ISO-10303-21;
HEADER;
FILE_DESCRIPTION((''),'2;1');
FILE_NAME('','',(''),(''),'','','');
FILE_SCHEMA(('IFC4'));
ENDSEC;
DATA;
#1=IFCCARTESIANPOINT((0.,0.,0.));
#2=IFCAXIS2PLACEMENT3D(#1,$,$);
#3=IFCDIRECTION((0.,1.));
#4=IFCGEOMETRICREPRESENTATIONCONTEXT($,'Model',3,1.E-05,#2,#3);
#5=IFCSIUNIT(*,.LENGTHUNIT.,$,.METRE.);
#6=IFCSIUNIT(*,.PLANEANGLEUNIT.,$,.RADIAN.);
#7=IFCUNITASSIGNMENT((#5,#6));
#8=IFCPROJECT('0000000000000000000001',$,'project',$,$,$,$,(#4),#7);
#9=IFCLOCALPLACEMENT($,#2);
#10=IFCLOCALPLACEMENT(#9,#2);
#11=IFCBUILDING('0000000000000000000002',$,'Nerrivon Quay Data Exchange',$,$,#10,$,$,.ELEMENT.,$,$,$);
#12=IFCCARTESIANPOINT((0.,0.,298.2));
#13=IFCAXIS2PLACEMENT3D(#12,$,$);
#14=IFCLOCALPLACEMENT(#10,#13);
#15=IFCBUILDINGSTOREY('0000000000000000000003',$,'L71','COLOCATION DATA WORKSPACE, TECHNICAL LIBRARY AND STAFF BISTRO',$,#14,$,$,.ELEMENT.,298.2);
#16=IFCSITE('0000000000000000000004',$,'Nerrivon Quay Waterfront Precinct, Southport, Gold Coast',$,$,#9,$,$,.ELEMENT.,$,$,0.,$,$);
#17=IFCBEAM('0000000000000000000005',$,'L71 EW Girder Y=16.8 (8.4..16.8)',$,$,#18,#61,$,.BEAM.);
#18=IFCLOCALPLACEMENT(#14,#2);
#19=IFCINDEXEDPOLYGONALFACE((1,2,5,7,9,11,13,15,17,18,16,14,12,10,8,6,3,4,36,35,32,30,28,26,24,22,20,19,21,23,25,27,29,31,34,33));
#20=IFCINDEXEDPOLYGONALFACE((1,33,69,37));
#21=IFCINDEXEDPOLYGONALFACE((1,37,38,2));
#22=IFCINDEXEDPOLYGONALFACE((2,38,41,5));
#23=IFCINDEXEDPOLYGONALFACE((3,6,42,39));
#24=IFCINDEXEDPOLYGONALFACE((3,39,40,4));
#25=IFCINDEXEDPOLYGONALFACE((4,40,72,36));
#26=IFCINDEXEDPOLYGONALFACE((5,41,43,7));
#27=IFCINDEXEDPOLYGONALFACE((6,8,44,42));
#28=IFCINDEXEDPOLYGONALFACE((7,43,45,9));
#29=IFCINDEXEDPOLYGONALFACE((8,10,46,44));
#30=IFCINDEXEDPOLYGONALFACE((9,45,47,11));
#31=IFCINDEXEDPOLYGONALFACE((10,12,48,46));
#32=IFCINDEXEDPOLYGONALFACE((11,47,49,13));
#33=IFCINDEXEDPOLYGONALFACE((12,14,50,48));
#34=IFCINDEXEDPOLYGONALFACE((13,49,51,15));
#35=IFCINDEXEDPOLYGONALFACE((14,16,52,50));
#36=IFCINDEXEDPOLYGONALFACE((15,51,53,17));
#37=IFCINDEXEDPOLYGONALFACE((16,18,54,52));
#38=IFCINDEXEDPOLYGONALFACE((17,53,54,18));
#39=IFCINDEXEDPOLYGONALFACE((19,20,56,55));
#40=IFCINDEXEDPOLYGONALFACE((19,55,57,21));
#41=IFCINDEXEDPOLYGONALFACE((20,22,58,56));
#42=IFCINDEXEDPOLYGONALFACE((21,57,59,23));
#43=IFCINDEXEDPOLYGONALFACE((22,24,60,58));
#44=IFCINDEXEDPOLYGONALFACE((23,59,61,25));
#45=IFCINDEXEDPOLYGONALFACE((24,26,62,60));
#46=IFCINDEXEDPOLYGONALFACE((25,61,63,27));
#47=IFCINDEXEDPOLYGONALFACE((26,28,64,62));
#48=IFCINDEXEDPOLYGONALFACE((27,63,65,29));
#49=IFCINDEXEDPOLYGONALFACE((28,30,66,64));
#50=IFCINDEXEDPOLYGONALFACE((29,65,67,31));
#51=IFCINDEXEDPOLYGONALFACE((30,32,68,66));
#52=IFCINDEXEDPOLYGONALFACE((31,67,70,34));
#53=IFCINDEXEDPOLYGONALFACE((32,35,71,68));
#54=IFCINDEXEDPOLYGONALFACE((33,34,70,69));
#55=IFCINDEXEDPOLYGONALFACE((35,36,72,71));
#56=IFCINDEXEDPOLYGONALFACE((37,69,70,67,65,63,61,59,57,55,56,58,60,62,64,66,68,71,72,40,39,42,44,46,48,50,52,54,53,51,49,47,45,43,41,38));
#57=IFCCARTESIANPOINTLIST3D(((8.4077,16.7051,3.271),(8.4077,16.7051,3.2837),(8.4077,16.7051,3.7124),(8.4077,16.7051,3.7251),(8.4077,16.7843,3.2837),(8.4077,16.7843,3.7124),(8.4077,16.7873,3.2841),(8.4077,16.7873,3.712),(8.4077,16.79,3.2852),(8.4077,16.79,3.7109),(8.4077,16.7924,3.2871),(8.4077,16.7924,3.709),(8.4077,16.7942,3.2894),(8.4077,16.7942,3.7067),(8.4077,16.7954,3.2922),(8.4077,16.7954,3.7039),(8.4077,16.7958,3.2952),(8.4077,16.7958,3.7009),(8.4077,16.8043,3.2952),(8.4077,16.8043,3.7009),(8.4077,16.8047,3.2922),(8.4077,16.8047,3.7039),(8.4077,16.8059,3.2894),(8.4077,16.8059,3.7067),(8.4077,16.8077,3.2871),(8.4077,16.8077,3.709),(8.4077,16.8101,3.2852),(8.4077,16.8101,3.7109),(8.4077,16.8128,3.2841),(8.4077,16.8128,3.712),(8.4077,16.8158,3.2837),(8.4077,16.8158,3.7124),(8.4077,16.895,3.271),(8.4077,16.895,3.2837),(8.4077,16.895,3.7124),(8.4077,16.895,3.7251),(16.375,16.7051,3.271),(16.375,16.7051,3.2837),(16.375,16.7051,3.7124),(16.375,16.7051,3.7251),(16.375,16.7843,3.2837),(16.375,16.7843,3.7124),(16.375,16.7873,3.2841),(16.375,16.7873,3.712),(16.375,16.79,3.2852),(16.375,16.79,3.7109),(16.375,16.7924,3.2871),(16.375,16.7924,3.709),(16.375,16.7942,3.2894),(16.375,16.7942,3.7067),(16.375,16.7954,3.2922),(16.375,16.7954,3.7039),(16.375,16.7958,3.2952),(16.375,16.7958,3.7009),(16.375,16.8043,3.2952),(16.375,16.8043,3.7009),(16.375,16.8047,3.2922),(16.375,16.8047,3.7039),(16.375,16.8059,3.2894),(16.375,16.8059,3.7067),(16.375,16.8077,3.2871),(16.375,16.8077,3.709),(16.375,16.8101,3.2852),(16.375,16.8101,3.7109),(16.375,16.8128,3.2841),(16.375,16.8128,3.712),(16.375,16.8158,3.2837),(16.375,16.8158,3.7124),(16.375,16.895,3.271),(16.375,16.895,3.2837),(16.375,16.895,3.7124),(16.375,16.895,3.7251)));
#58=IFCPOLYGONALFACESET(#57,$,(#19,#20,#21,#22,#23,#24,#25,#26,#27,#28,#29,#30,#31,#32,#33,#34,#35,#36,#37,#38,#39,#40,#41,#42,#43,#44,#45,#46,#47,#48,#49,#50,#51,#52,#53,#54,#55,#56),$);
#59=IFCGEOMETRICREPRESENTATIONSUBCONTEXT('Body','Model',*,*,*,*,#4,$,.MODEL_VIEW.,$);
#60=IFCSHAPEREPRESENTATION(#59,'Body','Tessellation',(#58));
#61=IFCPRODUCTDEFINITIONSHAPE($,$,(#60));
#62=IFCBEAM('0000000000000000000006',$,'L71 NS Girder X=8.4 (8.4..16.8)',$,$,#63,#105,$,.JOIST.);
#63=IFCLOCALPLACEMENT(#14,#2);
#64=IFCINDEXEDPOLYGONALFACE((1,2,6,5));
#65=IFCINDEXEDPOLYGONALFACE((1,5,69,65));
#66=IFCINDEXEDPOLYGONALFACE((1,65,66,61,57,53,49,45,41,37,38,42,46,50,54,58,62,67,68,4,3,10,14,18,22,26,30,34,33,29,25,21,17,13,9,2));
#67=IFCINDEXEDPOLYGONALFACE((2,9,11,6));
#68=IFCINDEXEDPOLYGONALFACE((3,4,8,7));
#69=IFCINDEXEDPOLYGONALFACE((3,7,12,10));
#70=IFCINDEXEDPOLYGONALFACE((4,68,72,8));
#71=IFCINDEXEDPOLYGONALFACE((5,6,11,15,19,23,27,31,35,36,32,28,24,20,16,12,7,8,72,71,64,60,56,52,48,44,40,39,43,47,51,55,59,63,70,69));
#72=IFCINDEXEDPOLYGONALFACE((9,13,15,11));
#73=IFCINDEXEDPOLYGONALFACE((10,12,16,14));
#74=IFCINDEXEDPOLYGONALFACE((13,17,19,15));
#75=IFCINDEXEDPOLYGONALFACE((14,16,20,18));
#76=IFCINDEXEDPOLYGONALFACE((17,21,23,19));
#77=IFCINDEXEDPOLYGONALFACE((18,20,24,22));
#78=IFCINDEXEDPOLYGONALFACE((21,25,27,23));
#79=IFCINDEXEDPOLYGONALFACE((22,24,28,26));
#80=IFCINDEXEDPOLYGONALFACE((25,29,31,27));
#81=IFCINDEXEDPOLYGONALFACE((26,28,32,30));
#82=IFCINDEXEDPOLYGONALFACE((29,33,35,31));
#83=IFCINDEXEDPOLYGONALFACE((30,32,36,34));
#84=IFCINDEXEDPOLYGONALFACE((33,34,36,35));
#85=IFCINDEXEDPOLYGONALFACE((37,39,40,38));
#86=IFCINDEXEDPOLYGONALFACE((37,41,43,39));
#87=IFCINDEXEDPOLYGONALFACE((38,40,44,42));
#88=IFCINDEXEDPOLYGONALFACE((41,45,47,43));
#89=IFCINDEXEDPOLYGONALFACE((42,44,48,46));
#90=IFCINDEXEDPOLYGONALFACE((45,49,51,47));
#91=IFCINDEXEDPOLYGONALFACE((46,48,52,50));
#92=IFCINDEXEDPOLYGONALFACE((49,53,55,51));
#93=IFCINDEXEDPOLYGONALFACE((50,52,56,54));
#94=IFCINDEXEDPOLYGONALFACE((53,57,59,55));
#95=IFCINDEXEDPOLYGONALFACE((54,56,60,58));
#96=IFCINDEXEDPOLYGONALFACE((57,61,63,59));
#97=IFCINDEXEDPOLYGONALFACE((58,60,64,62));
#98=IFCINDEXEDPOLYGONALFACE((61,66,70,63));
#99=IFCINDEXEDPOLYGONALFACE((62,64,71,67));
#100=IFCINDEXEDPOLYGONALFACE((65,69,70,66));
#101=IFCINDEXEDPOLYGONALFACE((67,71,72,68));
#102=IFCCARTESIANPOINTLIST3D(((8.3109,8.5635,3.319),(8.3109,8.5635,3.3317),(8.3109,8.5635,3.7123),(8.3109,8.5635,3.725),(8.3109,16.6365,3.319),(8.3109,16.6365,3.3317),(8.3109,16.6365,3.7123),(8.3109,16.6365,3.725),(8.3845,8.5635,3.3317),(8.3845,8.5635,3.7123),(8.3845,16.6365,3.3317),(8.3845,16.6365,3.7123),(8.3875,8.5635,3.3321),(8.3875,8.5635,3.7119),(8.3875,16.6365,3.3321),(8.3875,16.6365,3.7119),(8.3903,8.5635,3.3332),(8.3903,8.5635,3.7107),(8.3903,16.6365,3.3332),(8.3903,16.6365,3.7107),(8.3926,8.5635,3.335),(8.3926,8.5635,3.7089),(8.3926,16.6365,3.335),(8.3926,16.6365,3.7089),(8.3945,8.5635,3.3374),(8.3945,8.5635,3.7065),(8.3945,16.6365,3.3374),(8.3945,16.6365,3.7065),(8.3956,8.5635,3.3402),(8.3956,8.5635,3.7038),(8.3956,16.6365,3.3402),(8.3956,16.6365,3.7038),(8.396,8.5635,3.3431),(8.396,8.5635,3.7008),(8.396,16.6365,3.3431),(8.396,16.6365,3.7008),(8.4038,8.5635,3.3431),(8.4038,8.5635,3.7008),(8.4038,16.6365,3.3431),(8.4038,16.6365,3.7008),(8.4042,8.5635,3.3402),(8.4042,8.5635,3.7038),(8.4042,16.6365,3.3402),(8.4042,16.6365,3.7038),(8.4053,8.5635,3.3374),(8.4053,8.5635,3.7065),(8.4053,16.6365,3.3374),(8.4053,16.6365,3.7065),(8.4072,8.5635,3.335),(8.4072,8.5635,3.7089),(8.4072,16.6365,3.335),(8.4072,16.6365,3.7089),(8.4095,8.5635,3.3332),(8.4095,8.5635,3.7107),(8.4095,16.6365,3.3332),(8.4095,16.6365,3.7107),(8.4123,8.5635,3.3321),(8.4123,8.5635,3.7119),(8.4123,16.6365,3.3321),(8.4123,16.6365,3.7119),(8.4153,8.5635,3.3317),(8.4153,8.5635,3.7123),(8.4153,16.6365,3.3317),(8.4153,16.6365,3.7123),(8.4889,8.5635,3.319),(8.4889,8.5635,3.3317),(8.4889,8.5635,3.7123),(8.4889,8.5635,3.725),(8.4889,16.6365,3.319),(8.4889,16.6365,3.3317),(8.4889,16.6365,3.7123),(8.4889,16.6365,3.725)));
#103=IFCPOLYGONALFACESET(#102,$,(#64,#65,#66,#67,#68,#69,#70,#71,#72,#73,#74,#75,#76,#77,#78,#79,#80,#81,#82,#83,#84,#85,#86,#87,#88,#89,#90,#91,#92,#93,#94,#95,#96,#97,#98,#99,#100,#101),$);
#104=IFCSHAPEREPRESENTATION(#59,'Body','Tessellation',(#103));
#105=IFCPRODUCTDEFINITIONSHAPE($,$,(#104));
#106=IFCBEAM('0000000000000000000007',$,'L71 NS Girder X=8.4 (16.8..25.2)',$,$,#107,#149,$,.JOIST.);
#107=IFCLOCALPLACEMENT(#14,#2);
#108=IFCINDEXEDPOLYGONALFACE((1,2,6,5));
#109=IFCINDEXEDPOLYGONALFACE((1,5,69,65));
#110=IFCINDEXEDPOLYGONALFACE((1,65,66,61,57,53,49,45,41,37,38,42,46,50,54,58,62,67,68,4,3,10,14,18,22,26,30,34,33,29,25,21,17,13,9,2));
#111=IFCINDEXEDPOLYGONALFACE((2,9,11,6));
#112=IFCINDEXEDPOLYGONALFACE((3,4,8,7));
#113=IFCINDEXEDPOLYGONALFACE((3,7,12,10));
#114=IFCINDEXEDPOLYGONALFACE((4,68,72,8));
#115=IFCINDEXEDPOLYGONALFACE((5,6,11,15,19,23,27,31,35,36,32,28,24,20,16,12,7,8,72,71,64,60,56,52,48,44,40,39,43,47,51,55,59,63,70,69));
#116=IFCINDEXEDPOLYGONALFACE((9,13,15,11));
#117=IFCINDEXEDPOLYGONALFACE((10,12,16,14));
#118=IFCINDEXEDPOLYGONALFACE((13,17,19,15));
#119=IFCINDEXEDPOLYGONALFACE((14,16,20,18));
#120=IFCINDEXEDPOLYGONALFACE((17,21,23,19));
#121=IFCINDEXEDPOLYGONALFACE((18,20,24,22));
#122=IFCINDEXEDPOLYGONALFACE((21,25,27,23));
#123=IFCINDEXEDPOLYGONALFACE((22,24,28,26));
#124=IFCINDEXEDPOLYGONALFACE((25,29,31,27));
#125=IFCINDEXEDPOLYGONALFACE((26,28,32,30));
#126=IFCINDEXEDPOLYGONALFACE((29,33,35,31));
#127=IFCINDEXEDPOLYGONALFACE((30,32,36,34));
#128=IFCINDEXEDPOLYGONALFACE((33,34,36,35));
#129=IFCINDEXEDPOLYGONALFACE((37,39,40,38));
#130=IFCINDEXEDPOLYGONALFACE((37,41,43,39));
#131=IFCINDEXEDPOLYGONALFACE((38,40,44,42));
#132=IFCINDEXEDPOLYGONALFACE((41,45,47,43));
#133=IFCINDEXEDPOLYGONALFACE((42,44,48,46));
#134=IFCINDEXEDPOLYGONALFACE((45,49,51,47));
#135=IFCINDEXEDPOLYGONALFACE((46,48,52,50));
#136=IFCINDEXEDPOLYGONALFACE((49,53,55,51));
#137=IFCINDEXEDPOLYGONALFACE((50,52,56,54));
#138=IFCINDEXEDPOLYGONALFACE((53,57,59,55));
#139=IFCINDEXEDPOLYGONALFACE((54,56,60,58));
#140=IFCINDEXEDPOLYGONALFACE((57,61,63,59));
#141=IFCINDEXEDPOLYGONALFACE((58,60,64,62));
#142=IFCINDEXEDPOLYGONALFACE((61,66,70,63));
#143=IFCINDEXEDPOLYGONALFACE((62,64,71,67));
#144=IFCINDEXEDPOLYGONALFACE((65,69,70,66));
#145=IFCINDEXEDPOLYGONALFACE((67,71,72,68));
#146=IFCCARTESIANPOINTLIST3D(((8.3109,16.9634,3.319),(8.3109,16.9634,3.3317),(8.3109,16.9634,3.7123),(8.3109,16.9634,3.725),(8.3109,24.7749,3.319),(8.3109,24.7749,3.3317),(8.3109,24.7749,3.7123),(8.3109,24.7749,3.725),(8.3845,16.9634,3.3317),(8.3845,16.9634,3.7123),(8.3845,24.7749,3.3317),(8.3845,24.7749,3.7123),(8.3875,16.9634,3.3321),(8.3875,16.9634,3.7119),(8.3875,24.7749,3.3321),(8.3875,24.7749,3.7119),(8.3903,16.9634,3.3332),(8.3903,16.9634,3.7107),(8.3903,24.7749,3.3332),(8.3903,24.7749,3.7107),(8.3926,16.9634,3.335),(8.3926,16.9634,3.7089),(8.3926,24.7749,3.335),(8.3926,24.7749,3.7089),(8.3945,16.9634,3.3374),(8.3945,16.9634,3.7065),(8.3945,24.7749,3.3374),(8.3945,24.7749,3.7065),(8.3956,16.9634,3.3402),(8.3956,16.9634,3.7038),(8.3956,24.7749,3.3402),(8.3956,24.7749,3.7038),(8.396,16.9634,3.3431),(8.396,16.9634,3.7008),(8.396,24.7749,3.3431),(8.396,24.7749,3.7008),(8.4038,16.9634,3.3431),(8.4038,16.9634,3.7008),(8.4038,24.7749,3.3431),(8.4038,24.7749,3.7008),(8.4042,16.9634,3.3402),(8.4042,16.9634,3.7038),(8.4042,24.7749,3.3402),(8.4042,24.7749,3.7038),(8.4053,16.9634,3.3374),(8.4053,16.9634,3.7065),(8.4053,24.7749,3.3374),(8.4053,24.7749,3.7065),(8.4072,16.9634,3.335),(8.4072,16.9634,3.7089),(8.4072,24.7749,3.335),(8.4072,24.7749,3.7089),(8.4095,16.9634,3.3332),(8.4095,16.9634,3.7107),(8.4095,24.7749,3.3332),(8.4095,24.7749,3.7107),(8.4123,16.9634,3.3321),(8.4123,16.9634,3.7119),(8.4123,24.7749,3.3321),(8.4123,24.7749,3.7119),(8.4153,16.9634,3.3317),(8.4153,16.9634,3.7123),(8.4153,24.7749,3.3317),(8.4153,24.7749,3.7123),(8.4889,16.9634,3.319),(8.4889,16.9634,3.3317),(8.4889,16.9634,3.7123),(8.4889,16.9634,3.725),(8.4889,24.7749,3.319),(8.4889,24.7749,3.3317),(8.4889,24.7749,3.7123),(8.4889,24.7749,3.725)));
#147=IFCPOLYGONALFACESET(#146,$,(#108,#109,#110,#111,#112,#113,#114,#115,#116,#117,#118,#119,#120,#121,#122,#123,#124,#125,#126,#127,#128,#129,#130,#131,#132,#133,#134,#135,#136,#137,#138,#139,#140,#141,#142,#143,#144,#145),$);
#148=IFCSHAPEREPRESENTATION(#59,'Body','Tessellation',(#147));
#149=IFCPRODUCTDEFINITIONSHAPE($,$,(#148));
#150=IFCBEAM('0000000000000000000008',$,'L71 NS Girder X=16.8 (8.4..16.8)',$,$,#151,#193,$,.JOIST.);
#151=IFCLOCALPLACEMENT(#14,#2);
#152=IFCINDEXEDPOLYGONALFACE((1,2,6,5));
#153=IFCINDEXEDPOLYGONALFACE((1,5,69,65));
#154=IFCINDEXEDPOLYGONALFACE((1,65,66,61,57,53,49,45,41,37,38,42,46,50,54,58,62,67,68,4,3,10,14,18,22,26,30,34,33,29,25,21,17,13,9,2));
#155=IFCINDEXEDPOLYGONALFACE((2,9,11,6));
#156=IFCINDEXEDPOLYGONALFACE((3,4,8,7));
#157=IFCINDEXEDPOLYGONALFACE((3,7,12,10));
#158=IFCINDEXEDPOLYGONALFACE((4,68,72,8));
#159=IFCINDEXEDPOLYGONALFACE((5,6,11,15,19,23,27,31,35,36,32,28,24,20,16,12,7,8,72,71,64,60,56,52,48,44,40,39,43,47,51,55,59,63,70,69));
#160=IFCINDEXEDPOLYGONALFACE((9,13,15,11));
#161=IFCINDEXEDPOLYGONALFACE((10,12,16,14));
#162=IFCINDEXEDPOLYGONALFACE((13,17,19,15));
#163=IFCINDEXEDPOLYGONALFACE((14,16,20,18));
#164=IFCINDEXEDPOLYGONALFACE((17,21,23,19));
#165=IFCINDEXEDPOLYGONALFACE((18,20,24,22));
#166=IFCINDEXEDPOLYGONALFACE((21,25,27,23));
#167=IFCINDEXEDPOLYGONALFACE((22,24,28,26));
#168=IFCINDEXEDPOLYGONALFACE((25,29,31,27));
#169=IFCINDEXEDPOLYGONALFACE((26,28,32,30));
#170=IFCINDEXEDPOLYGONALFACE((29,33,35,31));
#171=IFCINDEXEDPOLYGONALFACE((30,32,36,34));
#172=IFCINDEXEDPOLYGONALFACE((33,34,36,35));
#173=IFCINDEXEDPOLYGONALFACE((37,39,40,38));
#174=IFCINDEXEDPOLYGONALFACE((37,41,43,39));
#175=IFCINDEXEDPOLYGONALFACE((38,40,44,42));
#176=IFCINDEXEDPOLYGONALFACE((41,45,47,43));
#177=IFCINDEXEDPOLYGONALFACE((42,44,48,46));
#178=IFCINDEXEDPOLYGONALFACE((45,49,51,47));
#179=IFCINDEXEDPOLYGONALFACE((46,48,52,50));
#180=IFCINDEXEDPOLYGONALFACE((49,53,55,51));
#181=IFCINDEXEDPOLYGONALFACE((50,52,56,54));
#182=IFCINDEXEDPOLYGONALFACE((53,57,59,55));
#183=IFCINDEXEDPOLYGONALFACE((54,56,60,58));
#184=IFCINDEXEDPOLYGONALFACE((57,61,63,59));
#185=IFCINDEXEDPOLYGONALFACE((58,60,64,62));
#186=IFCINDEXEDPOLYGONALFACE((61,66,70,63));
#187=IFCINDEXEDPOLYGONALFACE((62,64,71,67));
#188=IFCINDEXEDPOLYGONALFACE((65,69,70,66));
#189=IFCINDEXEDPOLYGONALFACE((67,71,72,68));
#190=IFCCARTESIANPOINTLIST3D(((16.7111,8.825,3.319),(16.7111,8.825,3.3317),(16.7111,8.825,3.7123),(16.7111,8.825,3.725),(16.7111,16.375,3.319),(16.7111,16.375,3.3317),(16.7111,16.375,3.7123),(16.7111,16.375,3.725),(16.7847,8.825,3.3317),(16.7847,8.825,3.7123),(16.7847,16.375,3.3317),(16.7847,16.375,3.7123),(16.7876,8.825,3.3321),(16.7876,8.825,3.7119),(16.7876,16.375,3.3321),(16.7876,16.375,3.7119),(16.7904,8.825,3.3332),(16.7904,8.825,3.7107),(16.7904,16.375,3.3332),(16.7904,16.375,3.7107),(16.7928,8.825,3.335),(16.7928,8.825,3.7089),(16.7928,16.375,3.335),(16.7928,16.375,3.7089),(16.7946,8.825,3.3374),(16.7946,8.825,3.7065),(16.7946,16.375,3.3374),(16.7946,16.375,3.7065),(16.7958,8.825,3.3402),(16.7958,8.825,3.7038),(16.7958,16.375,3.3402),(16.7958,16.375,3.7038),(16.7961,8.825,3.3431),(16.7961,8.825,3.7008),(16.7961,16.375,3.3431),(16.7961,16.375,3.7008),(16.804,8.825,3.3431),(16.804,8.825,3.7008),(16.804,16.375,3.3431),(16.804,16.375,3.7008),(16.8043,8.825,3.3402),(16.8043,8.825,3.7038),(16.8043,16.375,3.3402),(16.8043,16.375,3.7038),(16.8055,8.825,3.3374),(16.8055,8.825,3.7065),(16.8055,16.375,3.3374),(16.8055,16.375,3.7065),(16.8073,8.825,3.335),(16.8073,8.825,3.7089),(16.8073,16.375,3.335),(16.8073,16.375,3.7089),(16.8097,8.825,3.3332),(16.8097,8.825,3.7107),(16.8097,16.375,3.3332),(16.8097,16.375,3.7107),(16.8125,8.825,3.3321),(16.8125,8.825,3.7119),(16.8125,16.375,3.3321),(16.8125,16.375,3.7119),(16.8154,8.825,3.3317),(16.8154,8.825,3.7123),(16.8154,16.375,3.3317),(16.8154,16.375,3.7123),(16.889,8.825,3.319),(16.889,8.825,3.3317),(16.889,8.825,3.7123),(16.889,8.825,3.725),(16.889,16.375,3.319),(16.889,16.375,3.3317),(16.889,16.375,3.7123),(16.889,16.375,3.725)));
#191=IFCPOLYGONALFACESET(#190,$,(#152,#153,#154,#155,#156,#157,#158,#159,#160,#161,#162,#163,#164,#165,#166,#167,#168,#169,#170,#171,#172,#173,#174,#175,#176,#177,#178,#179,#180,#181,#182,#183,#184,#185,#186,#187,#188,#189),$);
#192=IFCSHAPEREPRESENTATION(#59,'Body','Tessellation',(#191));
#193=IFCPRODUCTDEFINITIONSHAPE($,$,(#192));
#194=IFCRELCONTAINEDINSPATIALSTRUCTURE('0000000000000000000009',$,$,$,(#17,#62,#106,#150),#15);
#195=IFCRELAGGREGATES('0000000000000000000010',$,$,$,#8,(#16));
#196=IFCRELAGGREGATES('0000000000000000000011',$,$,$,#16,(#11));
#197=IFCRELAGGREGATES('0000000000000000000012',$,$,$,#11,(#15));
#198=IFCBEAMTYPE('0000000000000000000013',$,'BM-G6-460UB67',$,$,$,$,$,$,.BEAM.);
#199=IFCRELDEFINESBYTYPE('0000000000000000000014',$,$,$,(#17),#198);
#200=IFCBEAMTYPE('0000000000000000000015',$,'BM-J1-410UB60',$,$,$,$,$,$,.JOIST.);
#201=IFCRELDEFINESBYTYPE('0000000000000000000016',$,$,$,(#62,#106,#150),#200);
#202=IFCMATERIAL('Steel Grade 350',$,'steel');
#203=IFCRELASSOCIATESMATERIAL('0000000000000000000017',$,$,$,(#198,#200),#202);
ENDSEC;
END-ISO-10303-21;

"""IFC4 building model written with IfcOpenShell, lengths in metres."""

from ifc_helpers import new_model, si_unit, direction, frame, origin, origin_2d, place, context, subcontext, project, spatial, i_section, extrude, material, material_profile, profile_set, type_object, element, save


model = new_model("IFC4")

# Units and contexts
model_context = context("Model", 3, precision=1e-05, world=origin(), true_north=direction((0.0, 1.0)))
body_context = subcontext(model_context, "Body", "Model", "MODEL_VIEW")
ifc_project = project(units=[si_unit("LENGTHUNIT", "METRE"), si_unit("PLANEANGLEUNIT", "RADIAN")], contexts=[model_context])

# Site, building, storey
site_placement = place(None, origin())
site = spatial("IfcSite", under=ifc_project, at=site_placement, Name="Nerrivon Quay Waterfront Precinct, Southport, Gold Coast", CompositionType="ELEMENT", RefElevation=0.0)
building_placement = place(site_placement, origin())
building = spatial("IfcBuilding", under=site, at=building_placement, Name="Nerrivon Quay Data Exchange", CompositionType="ELEMENT")
storey_placement = place(building_placement, frame((0.0, 0.0, 298.2)))
storey = spatial("IfcBuildingStorey", under=building, at=storey_placement, Name="L71", Description="COLOCATION DATA WORKSPACE, TECHNICAL LIBRARY AND STAFF BISTRO", CompositionType="ELEMENT", Elevation=298.2)

# Shared definitions
ifc_material_1 = material(Name="Steel Grade 350", Category="steel")

# Beams
ifc_material_profile_1 = material_profile(ifc_material_1, i_section(OverallWidth=0.1899, OverallDepth=0.4541, WebThickness=0.0085, FlangeThickness=0.0127, FilletRadius=0.0115, at=origin_2d()), Name="460UB67.1")
ifc_profile_set_1 = profile_set([ifc_material_profile_1], Name="Steel Grade 350")
beam_type_1 = type_object("IfcBeamType", Name="BM-G6-460UB67", PredefinedType="BEAM", material=ifc_profile_set_1)
for number, where, z_axis, x_axis, name in (
    (1, (8.4077, 16.8, 3.498), (1.0, 0.0, 0.0), (0.0, 1.0, 0.0), "L71 EW Girder Y=16.8 (8.4..16.8)"),
):
    element("IfcBeam", number, at=place(storey_placement, frame(where, z_axis=z_axis, x_axis=x_axis)), inside=storey, type_object=beam_type_1, Name=name, PredefinedType="BEAM", context=body_context, shape_type="SweptSolid", body=[
        extrude(i_section(OverallWidth=0.1899, OverallDepth=0.4541, WebThickness=0.0085, FlangeThickness=0.0127, FilletRadius=0.0115, at=origin_2d()), origin(), (0.0, 0.0, 1.0), 7.9673),
    ])
ifc_material_profile_2 = material_profile(ifc_material_1, i_section(OverallWidth=0.178, OverallDepth=0.406, WebThickness=0.0078, FlangeThickness=0.0127, FilletRadius=0.0115, at=origin_2d()), Name="410UB59.7")
ifc_profile_set_2 = profile_set([ifc_material_profile_2], Name="Steel Grade 350")
beam_type_2 = type_object("IfcBeamType", Name="BM-J1-410UB60", PredefinedType="JOIST", material=ifc_profile_set_2)
beam_1_placement = place(storey_placement, frame((8.3999, 8.5635, 3.522), z_axis=(0.0, 1.0, 0.0), x_axis=(-1.0, 0.0, 0.0)))
element("IfcBeam", 2, at=beam_1_placement, inside=storey, type_object=beam_type_2, Name="L71 NS Girder X=8.4 (8.4..16.8)", PredefinedType="JOIST", context=body_context, shape_type="SweptSolid", body=[
    extrude(i_section(OverallWidth=0.178, OverallDepth=0.406, WebThickness=0.0078, FlangeThickness=0.0127, FilletRadius=0.0115, at=origin_2d()), origin(), (0.0, 0.0, 1.0), 8.073),
])
beam_2_placement = place(storey_placement, frame((8.3999, 16.9634, 3.522), z_axis=(0.0, 1.0, 0.0), x_axis=(-1.0, 0.0, 0.0)))
element("IfcBeam", 3, at=beam_2_placement, inside=storey, type_object=beam_type_2, Name="L71 NS Girder X=8.4 (16.8..25.2)", PredefinedType="JOIST", context=body_context, shape_type="SweptSolid", body=[
    extrude(i_section(OverallWidth=0.178, OverallDepth=0.406, WebThickness=0.0078, FlangeThickness=0.0127, FilletRadius=0.0115, at=origin_2d()), origin(), (0.0, 0.0, 1.0), 7.8115),
])
beam_3_placement = place(storey_placement, frame((16.8, 8.825, 3.522), z_axis=(0.0, 1.0, 0.0), x_axis=(-1.0, 0.0, 0.0)))
element("IfcBeam", 4, at=beam_3_placement, inside=storey, type_object=beam_type_2, Name="L71 NS Girder X=16.8 (8.4..16.8)", PredefinedType="JOIST", context=body_context, shape_type="SweptSolid", body=[
    extrude(i_section(OverallWidth=0.178, OverallDepth=0.406, WebThickness=0.0078, FlangeThickness=0.0127, FilletRadius=0.0115, at=origin_2d()), origin(), (0.0, 0.0, 1.0), 7.55),
])

save(model, "model.ifc")
